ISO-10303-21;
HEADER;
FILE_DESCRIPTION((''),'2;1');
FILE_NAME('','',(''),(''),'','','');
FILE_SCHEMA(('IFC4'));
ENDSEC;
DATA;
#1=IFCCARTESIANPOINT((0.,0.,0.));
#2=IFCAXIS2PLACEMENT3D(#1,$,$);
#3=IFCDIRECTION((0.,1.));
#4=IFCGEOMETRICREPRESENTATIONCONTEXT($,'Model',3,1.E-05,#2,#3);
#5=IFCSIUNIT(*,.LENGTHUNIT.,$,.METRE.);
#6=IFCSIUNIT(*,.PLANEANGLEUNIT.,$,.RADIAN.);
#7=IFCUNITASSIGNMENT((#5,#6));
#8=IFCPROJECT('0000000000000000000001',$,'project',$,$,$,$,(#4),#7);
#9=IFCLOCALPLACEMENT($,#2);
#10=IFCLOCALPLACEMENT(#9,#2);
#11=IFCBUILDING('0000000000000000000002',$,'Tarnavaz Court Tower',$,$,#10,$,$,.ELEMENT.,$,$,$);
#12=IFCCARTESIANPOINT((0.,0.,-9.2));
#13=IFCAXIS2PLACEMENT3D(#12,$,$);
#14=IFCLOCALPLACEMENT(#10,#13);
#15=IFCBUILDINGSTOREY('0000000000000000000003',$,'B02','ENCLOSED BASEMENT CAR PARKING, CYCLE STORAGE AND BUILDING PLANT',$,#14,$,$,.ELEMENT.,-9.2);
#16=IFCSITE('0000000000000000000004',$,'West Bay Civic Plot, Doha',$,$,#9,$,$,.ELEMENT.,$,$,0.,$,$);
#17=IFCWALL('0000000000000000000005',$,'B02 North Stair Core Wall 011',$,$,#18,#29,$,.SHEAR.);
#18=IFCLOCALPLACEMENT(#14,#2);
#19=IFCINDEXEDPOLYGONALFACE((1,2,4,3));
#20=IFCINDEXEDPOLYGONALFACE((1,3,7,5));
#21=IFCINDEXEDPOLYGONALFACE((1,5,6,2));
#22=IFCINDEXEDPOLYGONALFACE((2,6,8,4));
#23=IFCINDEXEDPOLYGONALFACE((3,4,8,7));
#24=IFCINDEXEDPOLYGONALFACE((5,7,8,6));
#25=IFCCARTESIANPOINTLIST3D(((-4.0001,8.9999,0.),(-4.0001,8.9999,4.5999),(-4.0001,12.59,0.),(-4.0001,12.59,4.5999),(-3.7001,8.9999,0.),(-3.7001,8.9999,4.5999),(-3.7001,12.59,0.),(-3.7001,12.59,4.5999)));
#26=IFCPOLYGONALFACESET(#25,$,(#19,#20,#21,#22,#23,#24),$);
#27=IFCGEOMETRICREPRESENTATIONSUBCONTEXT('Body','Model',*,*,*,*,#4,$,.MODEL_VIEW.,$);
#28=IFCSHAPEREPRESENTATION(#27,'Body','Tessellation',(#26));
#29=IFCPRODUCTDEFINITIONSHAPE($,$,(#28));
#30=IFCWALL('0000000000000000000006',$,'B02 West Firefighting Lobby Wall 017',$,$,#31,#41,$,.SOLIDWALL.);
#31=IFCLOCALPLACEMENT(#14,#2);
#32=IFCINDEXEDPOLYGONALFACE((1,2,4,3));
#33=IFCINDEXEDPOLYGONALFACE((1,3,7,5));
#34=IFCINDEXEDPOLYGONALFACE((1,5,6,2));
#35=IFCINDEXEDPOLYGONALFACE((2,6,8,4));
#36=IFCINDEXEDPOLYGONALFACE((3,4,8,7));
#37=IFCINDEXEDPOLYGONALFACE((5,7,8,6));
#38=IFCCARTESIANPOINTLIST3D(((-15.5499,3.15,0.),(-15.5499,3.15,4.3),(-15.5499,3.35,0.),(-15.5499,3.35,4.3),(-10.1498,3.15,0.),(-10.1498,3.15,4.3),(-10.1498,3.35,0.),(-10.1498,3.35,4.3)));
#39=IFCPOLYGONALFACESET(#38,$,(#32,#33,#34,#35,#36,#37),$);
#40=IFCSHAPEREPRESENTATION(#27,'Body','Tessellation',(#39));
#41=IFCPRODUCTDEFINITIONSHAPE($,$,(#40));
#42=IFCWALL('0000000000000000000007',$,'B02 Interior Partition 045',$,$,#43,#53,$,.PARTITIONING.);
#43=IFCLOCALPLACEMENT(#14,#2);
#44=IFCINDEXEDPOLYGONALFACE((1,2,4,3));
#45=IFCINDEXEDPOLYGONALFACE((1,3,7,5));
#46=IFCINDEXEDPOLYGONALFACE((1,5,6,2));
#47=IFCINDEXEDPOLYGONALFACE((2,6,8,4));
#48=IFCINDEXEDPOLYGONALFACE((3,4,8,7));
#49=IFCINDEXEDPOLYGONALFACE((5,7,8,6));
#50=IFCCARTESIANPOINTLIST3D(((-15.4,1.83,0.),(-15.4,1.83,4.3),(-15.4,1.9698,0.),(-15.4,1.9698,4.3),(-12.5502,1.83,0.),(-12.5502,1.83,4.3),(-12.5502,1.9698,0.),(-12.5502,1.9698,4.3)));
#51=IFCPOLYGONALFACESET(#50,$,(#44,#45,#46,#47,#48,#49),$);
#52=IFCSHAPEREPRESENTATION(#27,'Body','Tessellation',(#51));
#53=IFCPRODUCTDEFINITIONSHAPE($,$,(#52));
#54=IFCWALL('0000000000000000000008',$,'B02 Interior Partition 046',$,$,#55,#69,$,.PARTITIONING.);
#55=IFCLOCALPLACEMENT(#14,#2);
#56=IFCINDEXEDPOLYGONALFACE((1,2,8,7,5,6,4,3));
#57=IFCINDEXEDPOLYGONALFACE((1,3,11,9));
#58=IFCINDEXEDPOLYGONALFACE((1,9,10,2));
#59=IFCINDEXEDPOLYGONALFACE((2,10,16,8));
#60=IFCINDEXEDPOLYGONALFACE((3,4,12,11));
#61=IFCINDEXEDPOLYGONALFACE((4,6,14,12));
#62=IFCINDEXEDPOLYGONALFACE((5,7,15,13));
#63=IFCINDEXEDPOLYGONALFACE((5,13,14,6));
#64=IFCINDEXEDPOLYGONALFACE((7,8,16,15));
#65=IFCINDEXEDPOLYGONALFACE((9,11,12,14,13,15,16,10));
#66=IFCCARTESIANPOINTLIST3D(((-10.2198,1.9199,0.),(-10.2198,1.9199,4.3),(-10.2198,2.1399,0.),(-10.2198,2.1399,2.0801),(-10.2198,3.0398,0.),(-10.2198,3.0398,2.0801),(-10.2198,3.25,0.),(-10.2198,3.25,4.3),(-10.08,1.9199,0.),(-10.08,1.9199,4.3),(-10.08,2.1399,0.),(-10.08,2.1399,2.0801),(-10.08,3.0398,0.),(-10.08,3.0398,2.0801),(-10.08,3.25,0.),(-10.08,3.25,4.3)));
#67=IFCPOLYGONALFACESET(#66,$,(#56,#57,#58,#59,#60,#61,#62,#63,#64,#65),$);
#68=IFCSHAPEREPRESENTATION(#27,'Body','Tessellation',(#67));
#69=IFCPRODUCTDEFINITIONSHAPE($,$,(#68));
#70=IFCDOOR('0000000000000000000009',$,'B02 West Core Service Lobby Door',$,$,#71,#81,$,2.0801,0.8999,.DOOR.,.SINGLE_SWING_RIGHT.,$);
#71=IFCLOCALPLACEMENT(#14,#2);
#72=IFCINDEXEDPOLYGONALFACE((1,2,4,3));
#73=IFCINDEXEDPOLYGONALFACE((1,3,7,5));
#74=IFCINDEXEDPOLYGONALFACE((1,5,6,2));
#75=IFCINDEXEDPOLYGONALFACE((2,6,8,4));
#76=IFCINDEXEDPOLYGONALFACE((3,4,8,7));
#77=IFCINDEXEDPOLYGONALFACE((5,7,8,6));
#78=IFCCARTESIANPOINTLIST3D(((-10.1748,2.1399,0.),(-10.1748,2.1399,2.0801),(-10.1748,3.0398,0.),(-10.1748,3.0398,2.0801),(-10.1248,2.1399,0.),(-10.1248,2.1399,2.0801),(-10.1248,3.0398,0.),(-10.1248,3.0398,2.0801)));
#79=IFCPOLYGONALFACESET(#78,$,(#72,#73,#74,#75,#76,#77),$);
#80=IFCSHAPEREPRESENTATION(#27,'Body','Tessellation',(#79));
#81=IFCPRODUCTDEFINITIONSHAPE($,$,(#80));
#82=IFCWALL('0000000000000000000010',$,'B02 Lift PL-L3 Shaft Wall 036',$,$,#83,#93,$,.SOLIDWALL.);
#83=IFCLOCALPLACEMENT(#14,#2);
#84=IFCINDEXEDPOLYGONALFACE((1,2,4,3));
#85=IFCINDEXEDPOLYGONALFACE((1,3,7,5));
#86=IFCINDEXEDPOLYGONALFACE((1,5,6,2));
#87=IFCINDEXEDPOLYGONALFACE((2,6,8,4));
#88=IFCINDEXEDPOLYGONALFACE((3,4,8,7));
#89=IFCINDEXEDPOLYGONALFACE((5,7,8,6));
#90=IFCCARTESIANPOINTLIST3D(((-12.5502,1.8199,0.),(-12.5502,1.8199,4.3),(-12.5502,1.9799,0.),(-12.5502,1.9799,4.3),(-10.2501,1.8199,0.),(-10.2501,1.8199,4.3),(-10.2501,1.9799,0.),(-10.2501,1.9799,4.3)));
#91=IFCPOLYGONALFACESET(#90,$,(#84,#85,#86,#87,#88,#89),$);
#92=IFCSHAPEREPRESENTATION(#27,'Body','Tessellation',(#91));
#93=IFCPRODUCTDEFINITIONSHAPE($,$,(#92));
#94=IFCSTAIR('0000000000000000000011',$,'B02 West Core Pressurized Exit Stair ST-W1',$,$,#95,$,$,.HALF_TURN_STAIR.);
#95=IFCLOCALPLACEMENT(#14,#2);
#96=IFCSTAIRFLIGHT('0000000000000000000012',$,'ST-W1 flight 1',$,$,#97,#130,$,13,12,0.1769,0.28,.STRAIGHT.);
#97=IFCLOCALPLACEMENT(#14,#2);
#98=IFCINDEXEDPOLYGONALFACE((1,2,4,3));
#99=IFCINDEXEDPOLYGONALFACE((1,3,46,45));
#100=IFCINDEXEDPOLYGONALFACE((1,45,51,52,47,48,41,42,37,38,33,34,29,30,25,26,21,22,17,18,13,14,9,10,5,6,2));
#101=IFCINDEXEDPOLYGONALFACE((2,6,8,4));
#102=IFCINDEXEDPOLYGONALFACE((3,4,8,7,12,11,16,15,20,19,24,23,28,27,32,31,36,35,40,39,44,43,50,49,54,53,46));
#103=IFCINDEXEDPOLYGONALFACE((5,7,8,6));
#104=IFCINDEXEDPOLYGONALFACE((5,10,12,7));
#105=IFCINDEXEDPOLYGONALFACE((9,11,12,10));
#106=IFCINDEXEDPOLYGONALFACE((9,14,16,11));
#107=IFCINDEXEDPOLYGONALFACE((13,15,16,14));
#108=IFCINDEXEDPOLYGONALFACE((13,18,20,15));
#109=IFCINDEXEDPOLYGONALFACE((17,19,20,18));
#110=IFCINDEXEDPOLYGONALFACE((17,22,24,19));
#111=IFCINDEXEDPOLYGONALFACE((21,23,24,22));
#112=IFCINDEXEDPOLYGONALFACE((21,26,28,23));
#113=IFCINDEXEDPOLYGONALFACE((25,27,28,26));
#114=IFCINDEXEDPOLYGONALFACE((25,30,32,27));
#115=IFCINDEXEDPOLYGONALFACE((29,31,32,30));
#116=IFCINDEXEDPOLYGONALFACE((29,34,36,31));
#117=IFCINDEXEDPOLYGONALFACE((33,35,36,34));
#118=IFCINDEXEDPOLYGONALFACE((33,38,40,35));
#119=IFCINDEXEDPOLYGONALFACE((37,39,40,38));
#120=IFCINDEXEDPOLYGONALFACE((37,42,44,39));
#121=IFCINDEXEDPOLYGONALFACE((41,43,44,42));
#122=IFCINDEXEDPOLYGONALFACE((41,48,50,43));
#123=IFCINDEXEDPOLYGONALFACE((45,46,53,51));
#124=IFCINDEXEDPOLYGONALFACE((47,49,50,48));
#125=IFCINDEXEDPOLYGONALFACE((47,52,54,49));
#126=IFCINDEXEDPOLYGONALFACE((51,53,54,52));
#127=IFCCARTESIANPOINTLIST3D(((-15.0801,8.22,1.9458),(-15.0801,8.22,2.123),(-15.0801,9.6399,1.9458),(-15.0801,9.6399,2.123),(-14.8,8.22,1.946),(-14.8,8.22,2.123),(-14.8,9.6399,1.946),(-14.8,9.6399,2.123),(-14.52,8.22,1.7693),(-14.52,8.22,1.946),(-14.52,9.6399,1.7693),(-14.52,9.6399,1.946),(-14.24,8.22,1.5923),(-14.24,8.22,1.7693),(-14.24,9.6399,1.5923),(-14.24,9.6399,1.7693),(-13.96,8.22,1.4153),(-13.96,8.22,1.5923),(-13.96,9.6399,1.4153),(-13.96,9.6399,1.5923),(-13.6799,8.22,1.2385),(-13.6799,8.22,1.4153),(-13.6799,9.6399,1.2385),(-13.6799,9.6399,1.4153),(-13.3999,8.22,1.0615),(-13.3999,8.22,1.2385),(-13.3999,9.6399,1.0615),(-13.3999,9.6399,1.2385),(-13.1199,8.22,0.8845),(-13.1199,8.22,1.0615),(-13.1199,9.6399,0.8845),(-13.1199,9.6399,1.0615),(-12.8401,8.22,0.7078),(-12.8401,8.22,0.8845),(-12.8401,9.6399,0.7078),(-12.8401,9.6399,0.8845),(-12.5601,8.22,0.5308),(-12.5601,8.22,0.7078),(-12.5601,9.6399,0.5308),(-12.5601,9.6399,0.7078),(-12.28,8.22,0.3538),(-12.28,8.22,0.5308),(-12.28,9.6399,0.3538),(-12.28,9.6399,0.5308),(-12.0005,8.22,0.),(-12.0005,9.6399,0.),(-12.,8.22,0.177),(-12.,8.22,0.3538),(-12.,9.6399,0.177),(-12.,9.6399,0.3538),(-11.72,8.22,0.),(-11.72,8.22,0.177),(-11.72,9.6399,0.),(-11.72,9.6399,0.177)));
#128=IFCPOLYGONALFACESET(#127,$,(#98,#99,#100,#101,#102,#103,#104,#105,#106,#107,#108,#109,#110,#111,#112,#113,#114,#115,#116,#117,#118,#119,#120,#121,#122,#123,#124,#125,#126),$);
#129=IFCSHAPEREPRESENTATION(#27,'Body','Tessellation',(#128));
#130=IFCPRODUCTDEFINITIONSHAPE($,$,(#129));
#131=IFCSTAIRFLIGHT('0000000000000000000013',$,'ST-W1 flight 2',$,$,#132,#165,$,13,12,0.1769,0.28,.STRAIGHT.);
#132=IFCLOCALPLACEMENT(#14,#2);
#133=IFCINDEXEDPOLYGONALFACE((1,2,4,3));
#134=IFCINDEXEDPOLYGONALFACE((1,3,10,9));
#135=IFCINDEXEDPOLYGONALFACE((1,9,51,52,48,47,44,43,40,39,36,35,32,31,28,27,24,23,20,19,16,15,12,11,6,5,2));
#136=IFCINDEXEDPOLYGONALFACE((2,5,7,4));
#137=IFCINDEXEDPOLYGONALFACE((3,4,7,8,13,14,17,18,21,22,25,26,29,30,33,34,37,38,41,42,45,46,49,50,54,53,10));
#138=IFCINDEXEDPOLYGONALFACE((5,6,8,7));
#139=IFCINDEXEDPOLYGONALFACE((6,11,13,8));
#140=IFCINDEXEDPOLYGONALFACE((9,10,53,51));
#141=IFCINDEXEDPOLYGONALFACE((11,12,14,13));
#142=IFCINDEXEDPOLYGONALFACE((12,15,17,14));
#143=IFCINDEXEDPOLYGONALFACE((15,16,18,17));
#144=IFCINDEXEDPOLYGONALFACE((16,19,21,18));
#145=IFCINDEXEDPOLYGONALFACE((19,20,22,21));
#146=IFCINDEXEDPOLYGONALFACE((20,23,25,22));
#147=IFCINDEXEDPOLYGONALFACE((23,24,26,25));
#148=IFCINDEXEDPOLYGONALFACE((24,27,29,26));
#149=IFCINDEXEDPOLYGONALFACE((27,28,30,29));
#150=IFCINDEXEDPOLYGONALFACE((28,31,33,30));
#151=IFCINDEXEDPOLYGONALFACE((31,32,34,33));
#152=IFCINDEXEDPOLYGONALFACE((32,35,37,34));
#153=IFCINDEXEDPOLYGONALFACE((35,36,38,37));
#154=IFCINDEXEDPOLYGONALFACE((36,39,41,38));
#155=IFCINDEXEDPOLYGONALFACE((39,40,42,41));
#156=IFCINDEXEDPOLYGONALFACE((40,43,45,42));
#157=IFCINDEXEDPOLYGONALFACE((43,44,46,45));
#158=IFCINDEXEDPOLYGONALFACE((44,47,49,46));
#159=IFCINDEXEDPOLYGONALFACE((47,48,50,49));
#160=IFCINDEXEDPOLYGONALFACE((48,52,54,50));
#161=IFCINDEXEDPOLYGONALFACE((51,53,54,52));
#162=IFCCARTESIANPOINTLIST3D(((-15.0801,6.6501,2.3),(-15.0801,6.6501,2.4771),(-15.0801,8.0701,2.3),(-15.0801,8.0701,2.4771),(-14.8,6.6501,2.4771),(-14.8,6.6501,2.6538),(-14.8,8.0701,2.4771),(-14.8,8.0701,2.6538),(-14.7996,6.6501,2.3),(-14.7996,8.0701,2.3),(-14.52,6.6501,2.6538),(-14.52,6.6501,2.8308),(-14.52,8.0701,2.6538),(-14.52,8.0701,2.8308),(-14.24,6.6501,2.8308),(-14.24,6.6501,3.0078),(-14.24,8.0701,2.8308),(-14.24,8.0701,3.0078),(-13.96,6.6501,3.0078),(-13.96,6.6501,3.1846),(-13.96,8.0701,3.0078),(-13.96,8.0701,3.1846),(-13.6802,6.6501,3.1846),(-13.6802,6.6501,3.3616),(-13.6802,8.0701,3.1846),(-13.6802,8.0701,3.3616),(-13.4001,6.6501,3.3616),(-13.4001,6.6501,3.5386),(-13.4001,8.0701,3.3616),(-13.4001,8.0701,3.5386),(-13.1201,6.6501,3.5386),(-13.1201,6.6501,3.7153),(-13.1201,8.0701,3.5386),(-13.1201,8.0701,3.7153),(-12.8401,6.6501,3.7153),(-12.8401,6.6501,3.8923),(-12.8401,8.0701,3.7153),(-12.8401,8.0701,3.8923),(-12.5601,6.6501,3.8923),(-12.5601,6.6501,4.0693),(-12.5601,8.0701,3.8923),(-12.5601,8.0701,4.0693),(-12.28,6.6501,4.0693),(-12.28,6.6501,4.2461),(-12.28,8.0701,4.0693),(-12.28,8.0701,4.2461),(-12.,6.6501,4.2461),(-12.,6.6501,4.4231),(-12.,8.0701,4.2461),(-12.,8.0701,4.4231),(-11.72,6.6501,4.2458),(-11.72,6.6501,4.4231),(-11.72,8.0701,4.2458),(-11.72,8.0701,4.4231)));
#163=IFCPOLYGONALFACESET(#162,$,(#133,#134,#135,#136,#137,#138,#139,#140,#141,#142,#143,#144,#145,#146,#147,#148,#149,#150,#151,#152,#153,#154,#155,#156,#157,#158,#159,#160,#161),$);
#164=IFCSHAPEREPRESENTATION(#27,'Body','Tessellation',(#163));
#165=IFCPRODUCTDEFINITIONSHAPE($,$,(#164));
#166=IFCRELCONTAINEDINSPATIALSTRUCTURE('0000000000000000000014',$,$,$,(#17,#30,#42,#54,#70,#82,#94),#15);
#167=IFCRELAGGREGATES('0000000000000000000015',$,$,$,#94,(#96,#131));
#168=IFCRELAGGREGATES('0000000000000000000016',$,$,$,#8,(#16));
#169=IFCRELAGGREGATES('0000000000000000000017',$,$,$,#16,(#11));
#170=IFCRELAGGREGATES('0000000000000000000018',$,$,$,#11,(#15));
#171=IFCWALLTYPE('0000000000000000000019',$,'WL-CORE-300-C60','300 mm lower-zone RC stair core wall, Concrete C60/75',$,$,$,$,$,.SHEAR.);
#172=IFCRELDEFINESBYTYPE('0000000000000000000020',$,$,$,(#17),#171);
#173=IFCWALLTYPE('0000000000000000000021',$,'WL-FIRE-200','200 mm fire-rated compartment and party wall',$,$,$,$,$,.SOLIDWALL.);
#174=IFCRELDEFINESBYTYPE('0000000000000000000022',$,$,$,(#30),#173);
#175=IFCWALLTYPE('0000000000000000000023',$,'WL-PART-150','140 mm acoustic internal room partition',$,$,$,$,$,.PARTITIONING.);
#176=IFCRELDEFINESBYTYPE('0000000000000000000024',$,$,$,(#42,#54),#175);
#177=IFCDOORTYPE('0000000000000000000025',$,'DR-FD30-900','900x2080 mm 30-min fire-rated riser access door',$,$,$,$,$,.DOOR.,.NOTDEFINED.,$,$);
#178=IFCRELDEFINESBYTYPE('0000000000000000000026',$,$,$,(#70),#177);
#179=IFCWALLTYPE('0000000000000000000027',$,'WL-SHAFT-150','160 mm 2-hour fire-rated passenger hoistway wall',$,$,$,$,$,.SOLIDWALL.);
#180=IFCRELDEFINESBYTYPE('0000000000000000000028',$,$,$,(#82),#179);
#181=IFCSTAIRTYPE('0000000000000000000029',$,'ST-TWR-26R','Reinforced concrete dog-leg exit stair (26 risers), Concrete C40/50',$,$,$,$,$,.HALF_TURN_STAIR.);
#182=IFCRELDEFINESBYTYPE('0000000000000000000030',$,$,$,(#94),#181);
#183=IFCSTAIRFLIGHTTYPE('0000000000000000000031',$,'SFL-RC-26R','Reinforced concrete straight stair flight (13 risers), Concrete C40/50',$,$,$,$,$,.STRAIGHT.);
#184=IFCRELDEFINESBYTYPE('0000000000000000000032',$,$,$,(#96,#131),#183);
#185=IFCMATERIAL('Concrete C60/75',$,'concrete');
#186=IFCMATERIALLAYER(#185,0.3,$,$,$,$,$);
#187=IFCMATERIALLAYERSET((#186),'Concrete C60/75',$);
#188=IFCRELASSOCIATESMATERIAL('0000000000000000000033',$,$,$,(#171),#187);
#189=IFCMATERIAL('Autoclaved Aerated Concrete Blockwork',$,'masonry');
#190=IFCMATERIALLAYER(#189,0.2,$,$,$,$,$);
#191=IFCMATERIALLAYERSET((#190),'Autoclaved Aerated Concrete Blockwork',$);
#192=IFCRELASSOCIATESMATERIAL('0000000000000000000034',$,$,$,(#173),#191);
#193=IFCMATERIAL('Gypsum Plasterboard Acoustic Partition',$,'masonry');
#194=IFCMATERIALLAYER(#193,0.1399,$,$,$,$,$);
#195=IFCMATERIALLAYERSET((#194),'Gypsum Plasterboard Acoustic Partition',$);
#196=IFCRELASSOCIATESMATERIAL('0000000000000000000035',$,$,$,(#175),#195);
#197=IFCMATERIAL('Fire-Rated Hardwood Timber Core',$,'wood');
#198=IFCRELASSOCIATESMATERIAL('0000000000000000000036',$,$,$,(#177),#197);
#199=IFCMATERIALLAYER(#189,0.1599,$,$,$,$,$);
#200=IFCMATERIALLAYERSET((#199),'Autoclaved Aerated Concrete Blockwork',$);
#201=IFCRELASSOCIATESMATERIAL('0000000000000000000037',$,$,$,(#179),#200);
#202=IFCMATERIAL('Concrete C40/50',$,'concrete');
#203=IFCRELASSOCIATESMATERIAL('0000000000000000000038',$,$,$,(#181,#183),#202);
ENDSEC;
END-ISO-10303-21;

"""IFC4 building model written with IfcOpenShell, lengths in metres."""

from ifc_helpers import new_model, si_unit, direction, frame, frame_2d, origin, place, context, subcontext, project, spatial, polyline, rectangle, outline, extrude, material, layer, layer_set, type_object, element, fill, aggregate, save


model = new_model("IFC4")

# Units and contexts
model_context = context("Model", 3, precision=1e-05, world=origin(), true_north=direction((0.0, 1.0)))
body_context = subcontext(model_context, "Body", "Model", "MODEL_VIEW")
ifc_project = project(units=[si_unit("LENGTHUNIT", "METRE"), si_unit("PLANEANGLEUNIT", "RADIAN")], contexts=[model_context])

# Site, building, storey
site_placement = place(None, origin())
site = spatial("IfcSite", under=ifc_project, at=site_placement, Name="West Bay Civic Plot, Doha", CompositionType="ELEMENT", RefElevation=0.0)
building_placement = place(site_placement, origin())
building = spatial("IfcBuilding", under=site, at=building_placement, Name="Tarnavaz Court Tower", CompositionType="ELEMENT")
storey_placement = place(building_placement, frame((0.0, 0.0, -9.2)))
storey = spatial("IfcBuildingStorey", under=building, at=storey_placement, Name="B02", Description="ENCLOSED BASEMENT CAR PARKING, CYCLE STORAGE AND BUILDING PLANT", CompositionType="ELEMENT", Elevation=-9.2)

# Shared definitions
ifc_material_1 = material(Name="Concrete C60/75", Category="concrete")

# Shared definitions
ifc_layer_1 = layer(ifc_material_1, 0.3)
ifc_layer_set_1 = layer_set([ifc_layer_1], Name="Concrete C60/75")
wall_type_1 = type_object("IfcWallType", Name="WL-CORE-300-C60", Description="300 mm lower-zone RC stair core wall, Concrete C60/75", PredefinedType="SHEAR", material=ifc_layer_set_1)

# Shared definitions
ifc_material_2 = material(Name="Fire-Rated Hardwood Timber Core", Category="wood")

# Walls
wall_1_placement = place(storey_placement, frame((-3.8501, 9.0, 0.0), z_axis=(0.0, 0.0, 1.0), x_axis=(0.0, 1.0, 0.0)))
element("IfcWall", 1, at=wall_1_placement, inside=storey, type_object=wall_type_1, Name="B02 North Stair Core Wall 011", PredefinedType="SHEAR", context=body_context, shape_type="SweptSolid", body=[
    extrude(rectangle(XDim=3.5901, YDim=0.3, at=frame_2d((1.7949, 0.0))), origin(), (0.0, 0.0, 1.0), 4.5999),
])
ifc_material_3 = material(Name="Autoclaved Aerated Concrete Blockwork", Category="masonry")
ifc_layer_2 = layer(ifc_material_3, 0.2)
ifc_layer_set_2 = layer_set([ifc_layer_2], Name="Autoclaved Aerated Concrete Blockwork")
wall_type_2 = type_object("IfcWallType", Name="WL-FIRE-200", Description="200 mm fire-rated compartment and party wall", PredefinedType="SOLIDWALL", material=ifc_layer_set_2)
wall_2_placement = place(storey_placement, frame((-15.55, 3.25, 0.0), z_axis=(0.0, 0.0, 1.0), x_axis=(1.0, 0.0, 0.0)))
element("IfcWall", 2, at=wall_2_placement, inside=storey, type_object=wall_type_2, Name="B02 West Firefighting Lobby Wall 017", PredefinedType="SOLIDWALL", context=body_context, shape_type="SweptSolid", body=[
    extrude(rectangle(XDim=5.4001, YDim=0.2, at=frame_2d((2.7002, 0.0))), origin(), (0.0, 0.0, 1.0), 4.3),
])

# Wall
ifc_material_4 = material(Name="Gypsum Plasterboard Acoustic Partition", Category="masonry")
ifc_layer_3 = layer(ifc_material_4, 0.1399)
ifc_layer_set_3 = layer_set([ifc_layer_3], Name="Gypsum Plasterboard Acoustic Partition")
wall_type_3 = type_object("IfcWallType", Name="WL-PART-150", Description="140 mm acoustic internal room partition", PredefinedType="PARTITIONING", material=ifc_layer_set_3)
wall_3_placement = place(storey_placement, frame((-15.3999, 1.8999, 0.0), z_axis=(0.0, 0.0, 1.0), x_axis=(1.0, 0.0, 0.0)))
element("IfcWall", 3, at=wall_3_placement, inside=storey, type_object=wall_type_3, Name="B02 Interior Partition 045", PredefinedType="PARTITIONING", context=body_context, shape_type="SweptSolid", body=[
    extrude(rectangle(XDim=2.8499, YDim=0.1399, at=frame_2d((1.4248, 0.0))), origin(), (0.0, 0.0, 1.0), 4.3),
])

# Wall, opening, door
wall_4_placement = place(storey_placement, frame((-10.1499, 1.9199, 0.0), z_axis=(0.0, 0.0, 1.0), x_axis=(0.0, 1.0, 0.0)))
wall_4 = element("IfcWall", 4, at=wall_4_placement, inside=storey, type_object=wall_type_3, Name="B02 Interior Partition 046", PredefinedType="PARTITIONING", context=body_context, shape_type="SweptSolid", body=[
    extrude(rectangle(XDim=1.3301, YDim=0.1399, at=frame_2d((0.665, 0.0))), origin(), (0.0, 0.0, 1.0), 4.3),
])
opening_1_placement = place(wall_4_placement, frame((0.22, 0.0, 0.0)))
opening_1 = element("IfcOpeningElement", 5, at=opening_1_placement, cuts=wall_4, PredefinedType="OPENING", context=body_context, shape_type="SweptSolid", body=[
    extrude(rectangle(XDim=0.8999, YDim=2.0801, at=frame_2d((0.45, 1.04))), frame((0.0, 0.0798, 0.0), z_axis=(0.0, -1.0, 0.0), x_axis=(1.0, 0.0, 0.0)), (0.0, 0.0, 1.0), 0.1599),
])
door_type_1 = type_object("IfcDoorType", Name="DR-FD30-900", Description="900x2080 mm 30-min fire-rated riser access door", OperationType="NOTDEFINED", PredefinedType="DOOR", material=ifc_material_2)
door_1_placement = place(opening_1_placement, origin())
door_1 = element("IfcDoor", 6, at=door_1_placement, inside=storey, type_object=door_type_1, Name="B02 West Core Service Lobby Door", OperationType="SINGLE_SWING_RIGHT", OverallHeight=2.0801, OverallWidth=0.8999, PredefinedType="DOOR", context=body_context, shape_type="SweptSolid", body=[
    extrude(rectangle(XDim=0.8999, YDim=2.0801, at=frame_2d((0.45, 1.04))), frame((0.0, 0.0249, 0.0), z_axis=(0.0, -1.0, 0.0), x_axis=(1.0, 0.0, 0.0)), (0.0, 0.0, 1.0), 0.05),
])
fill(opening_1, door_1)

# Wall
ifc_layer_4 = layer(ifc_material_3, 0.1599)
ifc_layer_set_4 = layer_set([ifc_layer_4], Name="Autoclaved Aerated Concrete Blockwork")
wall_type_4 = type_object("IfcWallType", Name="WL-SHAFT-150", Description="160 mm 2-hour fire-rated passenger hoistway wall", PredefinedType="SOLIDWALL", material=ifc_layer_set_4)
wall_5_placement = place(storey_placement, frame((-12.55, 1.8999, 0.0), z_axis=(0.0, 0.0, 1.0), x_axis=(1.0, 0.0, 0.0)))
element("IfcWall", 7, at=wall_5_placement, inside=storey, type_object=wall_type_4, Name="B02 Lift PL-L3 Shaft Wall 036", PredefinedType="SOLIDWALL", context=body_context, shape_type="SweptSolid", body=[
    extrude(rectangle(XDim=2.3, YDim=0.1599, at=frame_2d((1.1499, 0.0))), origin(), (0.0, 0.0, 1.0), 4.3),
])

# Stair, stair flights
ifc_material_5 = material(Name="Concrete C40/50", Category="concrete")
stair_type = type_object("IfcStairType", Name="ST-TWR-26R", Description="Reinforced concrete dog-leg exit stair (26 risers), Concrete C40/50", PredefinedType="HALF_TURN_STAIR", material=ifc_material_5)
stair_placement = place(storey_placement, origin())
stair = element("IfcStair", 8, at=stair_placement, inside=storey, type_object=stair_type, Name="B02 West Core Pressurized Exit Stair ST-W1", PredefinedType="HALF_TURN_STAIR")
stair_flight_type = type_object("IfcStairFlightType", Name="SFL-RC-26R", Description="Reinforced concrete straight stair flight (13 risers), Concrete C40/50", PredefinedType="STRAIGHT", material=ifc_material_5)
stair_flight_1_placement = place(storey_placement, frame((-11.72, 8.9299, 0.0), z_axis=(0.0, 0.0, 1.0), x_axis=(-1.0, 0.0, 0.0)))
stair_flight_1 = element("IfcStairFlight", 9, at=stair_flight_1_placement, type_object=stair_flight_type, Name="ST-W1 flight 1", NumberOfRisers=13, NumberOfTreads=12, PredefinedType="STRAIGHT", RiserHeight=0.1769, TreadLength=0.28, context=body_context, shape_type="SweptSolid", body=[
    extrude(outline(polyline([(0.0, 0.0), (0.0, 0.177), (0.28, 0.177), (0.28, 0.3538), (0.5601, 0.3538), (0.5601, 0.5308), (0.8401, 0.5308), (0.8401, 0.7078), (1.1201, 0.7078), (1.1201, 0.8845), (1.3999, 0.8845), (1.3999, 1.0615), (1.6799, 1.0615), (1.6799, 1.2385), (1.96, 1.2385), (1.96, 1.4153), (2.24, 1.4153), (2.24, 1.5923), (2.52, 1.5923), (2.52, 1.7693), (2.8, 1.7693), (2.8, 1.946), (3.0801, 1.946), (3.0801, 2.123), (3.3601, 2.123), (3.3601, 2.3), (3.3601, 1.9458), (0.2805, 0.0), (0.0, 0.0)])), frame((0.0, 0.71, 0.0), z_axis=(0.0, -1.0, 0.0), x_axis=(1.0, 0.0, 0.0)), (0.0, 0.0, 1.0), 1.4199),
])
stair_flight_2_placement = place(storey_placement, frame((-15.0801, 7.3601, 2.3), z_axis=(0.0, 0.0, 1.0), x_axis=(1.0, 0.0, 0.0)))
stair_flight_2 = element("IfcStairFlight", 10, at=stair_flight_2_placement, type_object=stair_flight_type, Name="ST-W1 flight 2", NumberOfRisers=13, NumberOfTreads=12, PredefinedType="STRAIGHT", RiserHeight=0.1769, TreadLength=0.28, context=body_context, shape_type="SweptSolid", body=[
    extrude(outline(polyline([(0.0, 0.0), (0.0, 0.177), (0.28, 0.177), (0.28, 0.3538), (0.5601, 0.3538), (0.5601, 0.5308), (0.8401, 0.5308), (0.8401, 0.7078), (1.1201, 0.7078), (1.1201, 0.8845), (1.3999, 0.8845), (1.3999, 1.0615), (1.6799, 1.0615), (1.6799, 1.2385), (1.96, 1.2385), (1.96, 1.4153), (2.24, 1.4153), (2.24, 1.5923), (2.52, 1.5923), (2.52, 1.7693), (2.8, 1.7693), (2.8, 1.946), (3.0801, 1.946), (3.0801, 2.123), (3.3601, 2.123), (3.3601, 2.3), (3.3601, 1.9458), (0.2805, 0.0), (0.0, 0.0)])), frame((0.0, 0.71, 0.0), z_axis=(0.0, -1.0, 0.0), x_axis=(1.0, 0.0, 0.0)), (0.0, 0.0, 1.0), 1.4199),
])
aggregate(stair, [stair_flight_1, stair_flight_2])

save(model, "model.ifc")
